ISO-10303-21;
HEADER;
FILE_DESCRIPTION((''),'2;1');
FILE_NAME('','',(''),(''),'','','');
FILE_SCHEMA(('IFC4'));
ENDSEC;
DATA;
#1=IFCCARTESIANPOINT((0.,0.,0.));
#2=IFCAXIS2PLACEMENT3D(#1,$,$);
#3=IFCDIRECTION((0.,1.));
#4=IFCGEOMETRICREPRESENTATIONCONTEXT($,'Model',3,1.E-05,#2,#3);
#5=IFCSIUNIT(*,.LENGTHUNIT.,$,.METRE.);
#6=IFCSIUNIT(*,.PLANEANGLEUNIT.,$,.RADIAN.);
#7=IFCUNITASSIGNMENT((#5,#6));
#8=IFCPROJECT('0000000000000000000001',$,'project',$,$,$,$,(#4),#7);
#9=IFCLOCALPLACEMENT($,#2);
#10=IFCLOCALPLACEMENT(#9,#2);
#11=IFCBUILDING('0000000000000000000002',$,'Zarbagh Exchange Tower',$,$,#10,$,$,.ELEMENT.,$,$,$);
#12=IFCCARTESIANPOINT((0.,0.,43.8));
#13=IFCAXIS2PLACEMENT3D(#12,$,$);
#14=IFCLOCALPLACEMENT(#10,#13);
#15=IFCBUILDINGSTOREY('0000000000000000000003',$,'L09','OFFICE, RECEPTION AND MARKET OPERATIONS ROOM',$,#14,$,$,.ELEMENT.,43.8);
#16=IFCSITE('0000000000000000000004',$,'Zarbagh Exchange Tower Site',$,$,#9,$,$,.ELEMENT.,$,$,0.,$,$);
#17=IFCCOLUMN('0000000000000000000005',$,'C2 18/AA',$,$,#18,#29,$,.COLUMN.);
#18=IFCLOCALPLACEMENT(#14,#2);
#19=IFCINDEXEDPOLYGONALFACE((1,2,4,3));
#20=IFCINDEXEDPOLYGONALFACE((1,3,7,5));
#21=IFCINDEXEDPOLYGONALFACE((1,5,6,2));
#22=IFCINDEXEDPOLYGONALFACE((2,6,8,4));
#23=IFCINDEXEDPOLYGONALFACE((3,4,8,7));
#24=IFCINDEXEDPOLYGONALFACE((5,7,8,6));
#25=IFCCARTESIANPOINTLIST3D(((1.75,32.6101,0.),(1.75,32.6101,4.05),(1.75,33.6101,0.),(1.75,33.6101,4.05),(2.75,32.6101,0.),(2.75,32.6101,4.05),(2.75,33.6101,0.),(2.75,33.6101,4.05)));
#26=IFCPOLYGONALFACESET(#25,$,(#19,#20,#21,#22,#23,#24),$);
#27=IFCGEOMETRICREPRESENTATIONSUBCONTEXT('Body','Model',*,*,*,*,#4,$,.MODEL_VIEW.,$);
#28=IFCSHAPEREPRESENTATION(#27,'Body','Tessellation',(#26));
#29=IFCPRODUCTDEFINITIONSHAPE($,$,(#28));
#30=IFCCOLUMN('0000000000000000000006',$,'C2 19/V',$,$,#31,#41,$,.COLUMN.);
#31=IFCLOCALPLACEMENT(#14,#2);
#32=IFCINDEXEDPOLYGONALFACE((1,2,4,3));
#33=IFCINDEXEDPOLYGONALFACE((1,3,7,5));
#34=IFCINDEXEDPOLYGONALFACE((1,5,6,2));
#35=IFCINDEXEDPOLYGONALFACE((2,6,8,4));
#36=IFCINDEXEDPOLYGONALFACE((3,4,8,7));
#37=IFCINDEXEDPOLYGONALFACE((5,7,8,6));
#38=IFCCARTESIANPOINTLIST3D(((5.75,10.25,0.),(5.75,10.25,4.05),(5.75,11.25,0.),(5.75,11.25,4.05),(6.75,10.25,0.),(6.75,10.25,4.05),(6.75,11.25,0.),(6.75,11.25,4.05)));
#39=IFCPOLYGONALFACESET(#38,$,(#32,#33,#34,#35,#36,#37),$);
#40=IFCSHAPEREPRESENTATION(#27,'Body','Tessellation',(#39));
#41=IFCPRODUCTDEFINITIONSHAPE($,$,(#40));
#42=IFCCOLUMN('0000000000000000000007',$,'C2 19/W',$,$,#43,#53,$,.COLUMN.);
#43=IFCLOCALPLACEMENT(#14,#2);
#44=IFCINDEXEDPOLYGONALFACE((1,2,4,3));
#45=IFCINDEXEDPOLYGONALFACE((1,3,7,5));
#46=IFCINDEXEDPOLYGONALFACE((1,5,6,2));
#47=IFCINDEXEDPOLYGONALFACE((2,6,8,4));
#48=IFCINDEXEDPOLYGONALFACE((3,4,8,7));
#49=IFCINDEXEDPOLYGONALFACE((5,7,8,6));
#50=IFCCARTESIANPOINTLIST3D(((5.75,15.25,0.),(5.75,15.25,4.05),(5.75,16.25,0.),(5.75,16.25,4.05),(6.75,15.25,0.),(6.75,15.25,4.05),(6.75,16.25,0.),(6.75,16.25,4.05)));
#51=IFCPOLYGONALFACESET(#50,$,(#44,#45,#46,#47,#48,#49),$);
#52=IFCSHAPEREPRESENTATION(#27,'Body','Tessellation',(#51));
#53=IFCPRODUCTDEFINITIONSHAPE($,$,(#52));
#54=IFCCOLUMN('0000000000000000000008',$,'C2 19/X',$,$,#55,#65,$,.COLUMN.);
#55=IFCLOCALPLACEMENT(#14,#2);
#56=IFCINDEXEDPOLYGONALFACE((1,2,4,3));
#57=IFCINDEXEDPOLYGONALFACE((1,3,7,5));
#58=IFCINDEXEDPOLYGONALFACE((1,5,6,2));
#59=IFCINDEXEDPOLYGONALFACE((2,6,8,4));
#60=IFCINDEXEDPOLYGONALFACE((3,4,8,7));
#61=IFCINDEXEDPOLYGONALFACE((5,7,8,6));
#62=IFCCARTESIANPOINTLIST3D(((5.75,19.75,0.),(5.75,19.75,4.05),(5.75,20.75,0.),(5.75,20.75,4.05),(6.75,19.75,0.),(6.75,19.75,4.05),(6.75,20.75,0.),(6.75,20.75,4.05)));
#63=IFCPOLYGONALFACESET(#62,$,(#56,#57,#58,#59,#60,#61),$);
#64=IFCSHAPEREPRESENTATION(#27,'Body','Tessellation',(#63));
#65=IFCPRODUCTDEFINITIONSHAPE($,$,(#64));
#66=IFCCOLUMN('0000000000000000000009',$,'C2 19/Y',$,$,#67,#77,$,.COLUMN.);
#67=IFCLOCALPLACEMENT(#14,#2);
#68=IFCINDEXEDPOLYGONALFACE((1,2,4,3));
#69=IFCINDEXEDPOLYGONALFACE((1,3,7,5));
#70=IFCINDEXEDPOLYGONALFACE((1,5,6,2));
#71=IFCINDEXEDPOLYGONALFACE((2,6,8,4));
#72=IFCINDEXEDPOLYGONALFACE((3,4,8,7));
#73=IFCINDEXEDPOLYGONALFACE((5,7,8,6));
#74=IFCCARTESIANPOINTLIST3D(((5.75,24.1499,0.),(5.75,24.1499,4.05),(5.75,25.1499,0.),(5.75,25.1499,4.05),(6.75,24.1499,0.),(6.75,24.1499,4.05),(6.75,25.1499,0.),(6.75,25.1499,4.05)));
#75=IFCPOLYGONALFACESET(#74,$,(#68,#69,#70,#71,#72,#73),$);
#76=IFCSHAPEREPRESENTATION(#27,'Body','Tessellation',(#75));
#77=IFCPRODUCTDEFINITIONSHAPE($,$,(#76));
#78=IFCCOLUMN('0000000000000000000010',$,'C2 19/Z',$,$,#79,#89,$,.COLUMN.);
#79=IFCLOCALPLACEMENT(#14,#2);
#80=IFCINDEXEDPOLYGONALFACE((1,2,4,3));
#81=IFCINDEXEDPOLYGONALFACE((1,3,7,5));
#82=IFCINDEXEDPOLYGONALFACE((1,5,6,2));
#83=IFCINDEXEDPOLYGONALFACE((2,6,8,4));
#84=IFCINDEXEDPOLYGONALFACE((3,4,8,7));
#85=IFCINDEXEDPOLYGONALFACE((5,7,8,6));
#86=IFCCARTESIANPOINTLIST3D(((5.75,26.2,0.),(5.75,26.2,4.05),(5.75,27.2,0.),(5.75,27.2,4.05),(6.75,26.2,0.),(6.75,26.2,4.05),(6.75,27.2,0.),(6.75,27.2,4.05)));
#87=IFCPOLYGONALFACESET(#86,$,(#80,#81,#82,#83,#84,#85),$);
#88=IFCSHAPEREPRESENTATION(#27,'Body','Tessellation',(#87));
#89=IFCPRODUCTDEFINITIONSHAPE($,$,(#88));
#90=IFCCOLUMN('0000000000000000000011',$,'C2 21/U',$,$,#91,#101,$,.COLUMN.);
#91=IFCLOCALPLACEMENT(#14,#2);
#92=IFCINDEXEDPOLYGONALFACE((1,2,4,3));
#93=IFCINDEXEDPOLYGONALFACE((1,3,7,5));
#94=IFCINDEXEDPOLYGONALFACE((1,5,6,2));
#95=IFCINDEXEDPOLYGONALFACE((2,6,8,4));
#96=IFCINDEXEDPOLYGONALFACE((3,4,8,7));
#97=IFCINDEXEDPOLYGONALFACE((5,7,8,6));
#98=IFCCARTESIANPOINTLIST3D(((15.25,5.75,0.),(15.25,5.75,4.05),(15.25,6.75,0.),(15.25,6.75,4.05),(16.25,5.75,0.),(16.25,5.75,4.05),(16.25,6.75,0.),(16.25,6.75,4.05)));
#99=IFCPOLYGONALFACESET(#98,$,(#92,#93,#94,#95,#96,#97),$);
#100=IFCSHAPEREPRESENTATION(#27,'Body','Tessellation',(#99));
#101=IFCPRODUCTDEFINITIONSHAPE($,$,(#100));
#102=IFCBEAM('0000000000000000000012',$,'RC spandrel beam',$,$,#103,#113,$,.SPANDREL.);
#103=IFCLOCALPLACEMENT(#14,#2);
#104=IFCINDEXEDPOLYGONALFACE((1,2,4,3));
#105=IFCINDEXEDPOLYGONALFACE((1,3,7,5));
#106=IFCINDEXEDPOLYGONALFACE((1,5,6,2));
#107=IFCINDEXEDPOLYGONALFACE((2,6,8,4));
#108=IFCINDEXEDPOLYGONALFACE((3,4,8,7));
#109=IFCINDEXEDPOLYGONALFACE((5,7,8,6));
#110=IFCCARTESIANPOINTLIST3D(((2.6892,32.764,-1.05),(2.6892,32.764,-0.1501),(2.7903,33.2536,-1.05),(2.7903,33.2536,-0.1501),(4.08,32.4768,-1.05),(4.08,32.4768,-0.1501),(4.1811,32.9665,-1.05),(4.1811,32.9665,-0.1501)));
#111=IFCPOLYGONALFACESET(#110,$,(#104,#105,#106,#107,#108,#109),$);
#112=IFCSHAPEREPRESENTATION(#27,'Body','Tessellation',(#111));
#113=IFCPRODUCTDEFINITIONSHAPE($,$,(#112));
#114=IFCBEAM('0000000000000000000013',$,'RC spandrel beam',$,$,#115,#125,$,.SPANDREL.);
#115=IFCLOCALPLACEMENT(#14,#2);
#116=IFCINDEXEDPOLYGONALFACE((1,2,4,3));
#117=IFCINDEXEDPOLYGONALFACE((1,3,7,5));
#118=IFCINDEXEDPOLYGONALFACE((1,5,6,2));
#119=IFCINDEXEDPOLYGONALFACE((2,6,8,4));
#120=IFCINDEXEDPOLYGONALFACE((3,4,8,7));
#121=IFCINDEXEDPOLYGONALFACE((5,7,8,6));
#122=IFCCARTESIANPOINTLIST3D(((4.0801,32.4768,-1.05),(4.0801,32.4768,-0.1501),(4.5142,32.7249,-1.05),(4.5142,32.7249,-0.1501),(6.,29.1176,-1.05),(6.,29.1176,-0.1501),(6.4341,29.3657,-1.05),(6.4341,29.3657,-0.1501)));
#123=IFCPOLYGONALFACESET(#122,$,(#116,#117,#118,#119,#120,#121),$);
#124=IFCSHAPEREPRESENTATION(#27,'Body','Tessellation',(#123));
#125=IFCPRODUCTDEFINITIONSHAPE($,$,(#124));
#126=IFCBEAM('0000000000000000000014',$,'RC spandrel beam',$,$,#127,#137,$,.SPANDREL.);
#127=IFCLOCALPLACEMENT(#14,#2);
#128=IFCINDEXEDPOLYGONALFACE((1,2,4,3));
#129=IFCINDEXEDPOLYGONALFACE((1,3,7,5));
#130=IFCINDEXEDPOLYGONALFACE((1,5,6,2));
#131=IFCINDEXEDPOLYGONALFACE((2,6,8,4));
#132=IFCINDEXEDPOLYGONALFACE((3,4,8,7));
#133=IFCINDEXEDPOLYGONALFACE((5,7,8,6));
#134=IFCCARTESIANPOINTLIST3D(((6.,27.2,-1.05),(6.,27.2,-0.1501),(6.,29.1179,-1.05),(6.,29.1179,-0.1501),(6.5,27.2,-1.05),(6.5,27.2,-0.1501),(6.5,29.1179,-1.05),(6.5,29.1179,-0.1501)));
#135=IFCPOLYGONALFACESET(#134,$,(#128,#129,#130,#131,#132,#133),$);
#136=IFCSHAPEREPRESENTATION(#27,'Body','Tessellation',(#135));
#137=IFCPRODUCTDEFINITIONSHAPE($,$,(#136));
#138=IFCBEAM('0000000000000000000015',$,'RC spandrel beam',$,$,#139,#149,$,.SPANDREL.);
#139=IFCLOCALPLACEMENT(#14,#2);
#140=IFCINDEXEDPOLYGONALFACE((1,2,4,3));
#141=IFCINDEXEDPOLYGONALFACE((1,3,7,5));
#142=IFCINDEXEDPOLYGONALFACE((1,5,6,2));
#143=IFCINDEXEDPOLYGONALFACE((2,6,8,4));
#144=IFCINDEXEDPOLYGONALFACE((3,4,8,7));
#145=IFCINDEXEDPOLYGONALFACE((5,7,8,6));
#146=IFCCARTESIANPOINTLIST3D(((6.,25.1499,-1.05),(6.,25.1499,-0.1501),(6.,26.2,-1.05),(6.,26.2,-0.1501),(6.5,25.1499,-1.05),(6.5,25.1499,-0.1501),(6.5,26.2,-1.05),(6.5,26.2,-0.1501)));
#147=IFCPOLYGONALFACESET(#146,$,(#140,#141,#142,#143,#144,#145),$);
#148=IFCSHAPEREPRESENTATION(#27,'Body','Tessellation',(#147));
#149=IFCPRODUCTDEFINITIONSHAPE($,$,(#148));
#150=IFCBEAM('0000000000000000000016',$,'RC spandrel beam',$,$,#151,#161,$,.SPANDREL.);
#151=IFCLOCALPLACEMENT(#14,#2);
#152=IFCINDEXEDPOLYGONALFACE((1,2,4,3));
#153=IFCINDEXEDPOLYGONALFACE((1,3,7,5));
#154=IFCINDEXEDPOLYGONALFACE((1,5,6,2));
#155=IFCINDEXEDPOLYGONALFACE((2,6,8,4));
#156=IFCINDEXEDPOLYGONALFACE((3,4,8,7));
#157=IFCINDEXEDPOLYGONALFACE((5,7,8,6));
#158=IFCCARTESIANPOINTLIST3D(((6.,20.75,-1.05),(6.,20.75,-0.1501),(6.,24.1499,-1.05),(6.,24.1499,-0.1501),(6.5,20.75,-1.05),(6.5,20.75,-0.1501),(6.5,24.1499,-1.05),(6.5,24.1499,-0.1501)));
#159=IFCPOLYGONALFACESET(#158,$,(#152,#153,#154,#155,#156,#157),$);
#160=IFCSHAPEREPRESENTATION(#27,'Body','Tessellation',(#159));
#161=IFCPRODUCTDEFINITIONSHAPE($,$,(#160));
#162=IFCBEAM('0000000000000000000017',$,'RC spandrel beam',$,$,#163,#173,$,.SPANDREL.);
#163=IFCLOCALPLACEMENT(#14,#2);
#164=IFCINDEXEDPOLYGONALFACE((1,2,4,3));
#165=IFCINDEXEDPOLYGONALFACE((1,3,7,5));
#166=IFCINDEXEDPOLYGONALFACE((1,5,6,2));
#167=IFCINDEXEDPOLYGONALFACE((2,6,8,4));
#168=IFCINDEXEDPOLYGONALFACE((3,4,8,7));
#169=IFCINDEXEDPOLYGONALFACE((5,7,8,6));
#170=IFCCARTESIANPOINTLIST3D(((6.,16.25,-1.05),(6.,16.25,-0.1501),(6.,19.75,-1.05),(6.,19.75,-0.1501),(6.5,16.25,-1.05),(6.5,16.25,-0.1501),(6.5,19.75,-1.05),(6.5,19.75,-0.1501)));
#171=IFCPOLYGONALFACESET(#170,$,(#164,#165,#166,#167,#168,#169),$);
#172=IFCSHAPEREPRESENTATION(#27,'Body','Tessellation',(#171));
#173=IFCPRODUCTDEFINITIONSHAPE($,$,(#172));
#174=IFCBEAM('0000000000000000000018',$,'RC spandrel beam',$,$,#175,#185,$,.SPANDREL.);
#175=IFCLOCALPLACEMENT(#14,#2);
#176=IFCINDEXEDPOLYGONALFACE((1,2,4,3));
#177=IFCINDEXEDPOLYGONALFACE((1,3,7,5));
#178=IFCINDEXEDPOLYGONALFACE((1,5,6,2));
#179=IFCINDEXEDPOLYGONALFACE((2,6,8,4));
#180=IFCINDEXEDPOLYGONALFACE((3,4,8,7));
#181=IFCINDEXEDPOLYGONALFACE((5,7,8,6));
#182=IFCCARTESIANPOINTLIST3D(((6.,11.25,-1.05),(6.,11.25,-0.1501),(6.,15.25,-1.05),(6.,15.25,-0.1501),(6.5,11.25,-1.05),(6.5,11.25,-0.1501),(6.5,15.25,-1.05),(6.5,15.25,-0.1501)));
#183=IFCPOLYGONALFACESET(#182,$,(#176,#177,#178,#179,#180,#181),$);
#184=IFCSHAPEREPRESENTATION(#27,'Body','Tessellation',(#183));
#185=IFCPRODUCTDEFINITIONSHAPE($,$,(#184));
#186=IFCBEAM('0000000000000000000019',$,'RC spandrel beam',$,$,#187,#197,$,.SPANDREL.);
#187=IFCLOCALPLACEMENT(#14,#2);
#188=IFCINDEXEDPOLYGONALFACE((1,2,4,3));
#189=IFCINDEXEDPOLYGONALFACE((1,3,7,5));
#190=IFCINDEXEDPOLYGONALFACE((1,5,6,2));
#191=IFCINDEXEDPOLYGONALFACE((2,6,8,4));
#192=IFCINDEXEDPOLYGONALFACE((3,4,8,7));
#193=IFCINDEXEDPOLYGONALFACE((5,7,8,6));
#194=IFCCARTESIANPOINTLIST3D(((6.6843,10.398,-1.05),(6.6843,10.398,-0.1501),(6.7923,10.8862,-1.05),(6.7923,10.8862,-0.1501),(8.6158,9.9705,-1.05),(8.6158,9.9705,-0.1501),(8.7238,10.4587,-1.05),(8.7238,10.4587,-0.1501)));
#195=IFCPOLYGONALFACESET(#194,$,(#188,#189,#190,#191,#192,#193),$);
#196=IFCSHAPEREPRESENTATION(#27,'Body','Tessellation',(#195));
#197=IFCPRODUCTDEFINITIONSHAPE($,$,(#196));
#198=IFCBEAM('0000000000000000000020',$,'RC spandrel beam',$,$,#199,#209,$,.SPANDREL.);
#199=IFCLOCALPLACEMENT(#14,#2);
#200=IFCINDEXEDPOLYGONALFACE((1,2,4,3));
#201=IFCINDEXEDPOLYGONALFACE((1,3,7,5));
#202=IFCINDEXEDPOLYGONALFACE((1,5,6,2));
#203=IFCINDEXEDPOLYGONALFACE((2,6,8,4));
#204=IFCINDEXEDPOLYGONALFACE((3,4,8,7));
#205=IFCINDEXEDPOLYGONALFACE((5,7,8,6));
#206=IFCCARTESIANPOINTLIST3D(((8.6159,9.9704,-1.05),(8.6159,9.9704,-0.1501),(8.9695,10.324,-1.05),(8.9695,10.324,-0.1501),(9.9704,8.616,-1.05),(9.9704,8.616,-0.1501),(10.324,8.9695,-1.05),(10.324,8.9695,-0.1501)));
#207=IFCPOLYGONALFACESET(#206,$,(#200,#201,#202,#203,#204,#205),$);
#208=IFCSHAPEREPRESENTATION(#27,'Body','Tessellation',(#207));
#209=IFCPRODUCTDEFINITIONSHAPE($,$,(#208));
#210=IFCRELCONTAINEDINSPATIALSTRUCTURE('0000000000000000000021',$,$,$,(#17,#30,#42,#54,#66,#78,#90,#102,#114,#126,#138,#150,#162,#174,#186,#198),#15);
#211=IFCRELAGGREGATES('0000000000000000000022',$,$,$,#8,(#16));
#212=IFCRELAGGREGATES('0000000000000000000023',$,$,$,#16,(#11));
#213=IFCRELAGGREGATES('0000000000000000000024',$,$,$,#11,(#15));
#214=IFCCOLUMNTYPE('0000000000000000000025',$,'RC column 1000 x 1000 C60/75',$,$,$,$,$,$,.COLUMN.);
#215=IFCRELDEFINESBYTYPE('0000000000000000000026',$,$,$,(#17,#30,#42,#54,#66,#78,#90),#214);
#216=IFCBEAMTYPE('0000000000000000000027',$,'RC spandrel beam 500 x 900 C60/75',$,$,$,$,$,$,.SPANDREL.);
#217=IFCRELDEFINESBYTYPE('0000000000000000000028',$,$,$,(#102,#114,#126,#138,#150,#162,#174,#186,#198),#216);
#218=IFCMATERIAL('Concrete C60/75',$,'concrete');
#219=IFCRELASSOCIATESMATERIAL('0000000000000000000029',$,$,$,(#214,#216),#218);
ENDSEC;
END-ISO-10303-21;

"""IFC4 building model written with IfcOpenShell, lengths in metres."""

from ifc_helpers import new_model, si_unit, direction, frame, origin, origin_2d, place, context, subcontext, project, spatial, rectangle, extrude, material, material_profile, profile_set, type_object, element, save


model = new_model("IFC4")

# Units and contexts
model_context = context("Model", 3, precision=1e-05, world=origin(), true_north=direction((0.0, 1.0)))
body_context = subcontext(model_context, "Body", "Model", "MODEL_VIEW")
ifc_project = project(units=[si_unit("LENGTHUNIT", "METRE"), si_unit("PLANEANGLEUNIT", "RADIAN")], contexts=[model_context])

# Site, building, storey
site_placement = place(None, origin())
site = spatial("IfcSite", under=ifc_project, at=site_placement, Name="Zarbagh Exchange Tower Site", CompositionType="ELEMENT", RefElevation=0.0)
building_placement = place(site_placement, origin())
building = spatial("IfcBuilding", under=site, at=building_placement, Name="Zarbagh Exchange Tower", CompositionType="ELEMENT")
storey_placement = place(building_placement, frame((0.0, 0.0, 43.8)))
storey = spatial("IfcBuildingStorey", under=building, at=storey_placement, Name="L09", Description="OFFICE, RECEPTION AND MARKET OPERATIONS ROOM", CompositionType="ELEMENT", Elevation=43.8)

# Columns
ifc_material_1 = material(Name="Concrete C60/75", Category="concrete")
ifc_material_profile_1 = material_profile(ifc_material_1, rectangle(XDim=1.0, YDim=1.0, at=origin_2d()), Name="RC column 1000 x 1000 C60/75")
ifc_profile_set_1 = profile_set([ifc_material_profile_1], Name="Concrete C60/75")
column_type = type_object("IfcColumnType", Name="RC column 1000 x 1000 C60/75", PredefinedType="COLUMN", material=ifc_profile_set_1)
for number, where, z_axis, x_axis, name in (
    (1, (2.25, 33.1101, 0.0), (0.0, 0.0, 1.0), (1.0, 0.0, 0.0), "C2 18/AA"),
    (2, (6.25, 10.75, 0.0), (0.0, 0.0, 1.0), (1.0, 0.0, 0.0), "C2 19/V"),
    (3, (6.25, 15.75, 0.0), (0.0, 0.0, 1.0), (1.0, 0.0, 0.0), "C2 19/W"),
    (4, (6.25, 20.25, 0.0), (0.0, 0.0, 1.0), (1.0, 0.0, 0.0), "C2 19/X"),
    (5, (6.25, 24.6499, 0.0), (0.0, 0.0, 1.0), (1.0, 0.0, 0.0), "C2 19/Y"),
    (6, (6.25, 26.7, 0.0), (0.0, 0.0, 1.0), (1.0, 0.0, 0.0), "C2 19/Z"),
    (7, (15.75, 6.25, 0.0), (0.0, 0.0, 1.0), (1.0, 0.0, 0.0), "C2 21/U"),
):
    element("IfcColumn", number, at=place(storey_placement, frame(where, z_axis=z_axis, x_axis=x_axis)), inside=storey, type_object=column_type, Name=name, PredefinedType="COLUMN", context=body_context, shape_type="SweptSolid", body=[
        extrude(rectangle(XDim=1.0, YDim=1.0, at=origin_2d()), origin(), (0.0, 0.0, 1.0), 4.05),
    ])

# Beams
ifc_material_profile_2 = material_profile(ifc_material_1, rectangle(XDim=0.5, YDim=0.8999, at=origin_2d()), Name="RC spandrel beam 500 x 900 C60/75")
ifc_profile_set_2 = profile_set([ifc_material_profile_2], Name="Concrete C60/75")
beam_type = type_object("IfcBeamType", Name="RC spandrel beam 500 x 900 C60/75", PredefinedType="SPANDREL", material=ifc_profile_set_2)
beam_1_placement = place(storey_placement, frame((2.7397, 33.0088, -0.6001), z_axis=(0.979352, -0.202162, 0.0), x_axis=(0.202162, 0.979352, 0.0)))
element("IfcBeam", 8, at=beam_1_placement, inside=storey, type_object=beam_type, Name="RC spandrel beam", PredefinedType="SPANDREL", context=body_context, shape_type="SweptSolid", body=[
    extrude(rectangle(XDim=0.5, YDim=0.8999, at=origin_2d()), origin(), (0.0, 0.0, 1.0), 1.4202),
])
beam_2_placement = place(storey_placement, frame((4.2971, 32.6008, -0.6001), z_axis=(0.49622, -0.868197, 0.0), x_axis=(0.868197, 0.49622, 0.0)))
element("IfcBeam", 9, at=beam_2_placement, inside=storey, type_object=beam_type, Name="RC spandrel beam", PredefinedType="SPANDREL", context=body_context, shape_type="SweptSolid", body=[
    extrude(rectangle(XDim=0.5, YDim=0.8999, at=origin_2d()), origin(), (0.0, 0.0, 1.0), 3.8691),
])
beam_3_placement = place(storey_placement, frame((6.25, 29.1179, -0.6001), z_axis=(0.0, -1.0, 0.0), x_axis=(1.0, 0.0, 0.0)))
element("IfcBeam", 10, at=beam_3_placement, inside=storey, type_object=beam_type, Name="RC spandrel beam", PredefinedType="SPANDREL", context=body_context, shape_type="SweptSolid", body=[
    extrude(rectangle(XDim=0.5, YDim=0.8999, at=origin_2d()), origin(), (0.0, 0.0, 1.0), 1.918),
])
beam_4_placement = place(storey_placement, frame((6.25, 26.2, -0.6001), z_axis=(0.0, -1.0, 0.0), x_axis=(1.0, 0.0, 0.0)))
element("IfcBeam", 11, at=beam_4_placement, inside=storey, type_object=beam_type, Name="RC spandrel beam", PredefinedType="SPANDREL", context=body_context, shape_type="SweptSolid", body=[
    extrude(rectangle(XDim=0.5, YDim=0.8999, at=origin_2d()), origin(), (0.0, 0.0, 1.0), 1.05),
])
beam_5_placement = place(storey_placement, frame((6.25, 24.1499, -0.6001), z_axis=(0.0, -1.0, 0.0), x_axis=(1.0, 0.0, 0.0)))
element("IfcBeam", 12, at=beam_5_placement, inside=storey, type_object=beam_type, Name="RC spandrel beam", PredefinedType="SPANDREL", context=body_context, shape_type="SweptSolid", body=[
    extrude(rectangle(XDim=0.5, YDim=0.8999, at=origin_2d()), origin(), (0.0, 0.0, 1.0), 3.3999),
])
beam_6_placement = place(storey_placement, frame((6.25, 19.75, -0.6001), z_axis=(0.0, -1.0, 0.0), x_axis=(1.0, 0.0, 0.0)))
element("IfcBeam", 13, at=beam_6_placement, inside=storey, type_object=beam_type, Name="RC spandrel beam", PredefinedType="SPANDREL", context=body_context, shape_type="SweptSolid", body=[
    extrude(rectangle(XDim=0.5, YDim=0.8999, at=origin_2d()), origin(), (0.0, 0.0, 1.0), 3.5),
])
beam_7_placement = place(storey_placement, frame((6.25, 15.25, -0.6001), z_axis=(0.0, -1.0, 0.0), x_axis=(1.0, 0.0, 0.0)))
element("IfcBeam", 14, at=beam_7_placement, inside=storey, type_object=beam_type, Name="RC spandrel beam", PredefinedType="SPANDREL", context=body_context, shape_type="SweptSolid", body=[
    extrude(rectangle(XDim=0.5, YDim=0.8999, at=origin_2d()), origin(), (0.0, 0.0, 1.0), 4.0),
])
beam_8_placement = place(storey_placement, frame((6.7383, 10.6421, -0.6001), z_axis=(0.976375, -0.216081, 0.0), x_axis=(0.216081, 0.976375, 0.0)))
element("IfcBeam", 15, at=beam_8_placement, inside=storey, type_object=beam_type, Name="RC spandrel beam", PredefinedType="SPANDREL", context=body_context, shape_type="SweptSolid", body=[
    extrude(rectangle(XDim=0.5, YDim=0.8999, at=origin_2d()), origin(), (0.0, 0.0, 1.0), 1.9783),
])
beam_9_placement = place(storey_placement, frame((8.7927, 10.1472, -0.6001), z_axis=(0.707107, -0.707107, 0.0), x_axis=(0.707107, 0.707107, 0.0)))
element("IfcBeam", 16, at=beam_9_placement, inside=storey, type_object=beam_type, Name="RC spandrel beam", PredefinedType="SPANDREL", context=body_context, shape_type="SweptSolid", body=[
    extrude(rectangle(XDim=0.5, YDim=0.8999, at=origin_2d()), origin(), (0.0, 0.0, 1.0), 1.9155),
])

save(model, "model.ifc")
